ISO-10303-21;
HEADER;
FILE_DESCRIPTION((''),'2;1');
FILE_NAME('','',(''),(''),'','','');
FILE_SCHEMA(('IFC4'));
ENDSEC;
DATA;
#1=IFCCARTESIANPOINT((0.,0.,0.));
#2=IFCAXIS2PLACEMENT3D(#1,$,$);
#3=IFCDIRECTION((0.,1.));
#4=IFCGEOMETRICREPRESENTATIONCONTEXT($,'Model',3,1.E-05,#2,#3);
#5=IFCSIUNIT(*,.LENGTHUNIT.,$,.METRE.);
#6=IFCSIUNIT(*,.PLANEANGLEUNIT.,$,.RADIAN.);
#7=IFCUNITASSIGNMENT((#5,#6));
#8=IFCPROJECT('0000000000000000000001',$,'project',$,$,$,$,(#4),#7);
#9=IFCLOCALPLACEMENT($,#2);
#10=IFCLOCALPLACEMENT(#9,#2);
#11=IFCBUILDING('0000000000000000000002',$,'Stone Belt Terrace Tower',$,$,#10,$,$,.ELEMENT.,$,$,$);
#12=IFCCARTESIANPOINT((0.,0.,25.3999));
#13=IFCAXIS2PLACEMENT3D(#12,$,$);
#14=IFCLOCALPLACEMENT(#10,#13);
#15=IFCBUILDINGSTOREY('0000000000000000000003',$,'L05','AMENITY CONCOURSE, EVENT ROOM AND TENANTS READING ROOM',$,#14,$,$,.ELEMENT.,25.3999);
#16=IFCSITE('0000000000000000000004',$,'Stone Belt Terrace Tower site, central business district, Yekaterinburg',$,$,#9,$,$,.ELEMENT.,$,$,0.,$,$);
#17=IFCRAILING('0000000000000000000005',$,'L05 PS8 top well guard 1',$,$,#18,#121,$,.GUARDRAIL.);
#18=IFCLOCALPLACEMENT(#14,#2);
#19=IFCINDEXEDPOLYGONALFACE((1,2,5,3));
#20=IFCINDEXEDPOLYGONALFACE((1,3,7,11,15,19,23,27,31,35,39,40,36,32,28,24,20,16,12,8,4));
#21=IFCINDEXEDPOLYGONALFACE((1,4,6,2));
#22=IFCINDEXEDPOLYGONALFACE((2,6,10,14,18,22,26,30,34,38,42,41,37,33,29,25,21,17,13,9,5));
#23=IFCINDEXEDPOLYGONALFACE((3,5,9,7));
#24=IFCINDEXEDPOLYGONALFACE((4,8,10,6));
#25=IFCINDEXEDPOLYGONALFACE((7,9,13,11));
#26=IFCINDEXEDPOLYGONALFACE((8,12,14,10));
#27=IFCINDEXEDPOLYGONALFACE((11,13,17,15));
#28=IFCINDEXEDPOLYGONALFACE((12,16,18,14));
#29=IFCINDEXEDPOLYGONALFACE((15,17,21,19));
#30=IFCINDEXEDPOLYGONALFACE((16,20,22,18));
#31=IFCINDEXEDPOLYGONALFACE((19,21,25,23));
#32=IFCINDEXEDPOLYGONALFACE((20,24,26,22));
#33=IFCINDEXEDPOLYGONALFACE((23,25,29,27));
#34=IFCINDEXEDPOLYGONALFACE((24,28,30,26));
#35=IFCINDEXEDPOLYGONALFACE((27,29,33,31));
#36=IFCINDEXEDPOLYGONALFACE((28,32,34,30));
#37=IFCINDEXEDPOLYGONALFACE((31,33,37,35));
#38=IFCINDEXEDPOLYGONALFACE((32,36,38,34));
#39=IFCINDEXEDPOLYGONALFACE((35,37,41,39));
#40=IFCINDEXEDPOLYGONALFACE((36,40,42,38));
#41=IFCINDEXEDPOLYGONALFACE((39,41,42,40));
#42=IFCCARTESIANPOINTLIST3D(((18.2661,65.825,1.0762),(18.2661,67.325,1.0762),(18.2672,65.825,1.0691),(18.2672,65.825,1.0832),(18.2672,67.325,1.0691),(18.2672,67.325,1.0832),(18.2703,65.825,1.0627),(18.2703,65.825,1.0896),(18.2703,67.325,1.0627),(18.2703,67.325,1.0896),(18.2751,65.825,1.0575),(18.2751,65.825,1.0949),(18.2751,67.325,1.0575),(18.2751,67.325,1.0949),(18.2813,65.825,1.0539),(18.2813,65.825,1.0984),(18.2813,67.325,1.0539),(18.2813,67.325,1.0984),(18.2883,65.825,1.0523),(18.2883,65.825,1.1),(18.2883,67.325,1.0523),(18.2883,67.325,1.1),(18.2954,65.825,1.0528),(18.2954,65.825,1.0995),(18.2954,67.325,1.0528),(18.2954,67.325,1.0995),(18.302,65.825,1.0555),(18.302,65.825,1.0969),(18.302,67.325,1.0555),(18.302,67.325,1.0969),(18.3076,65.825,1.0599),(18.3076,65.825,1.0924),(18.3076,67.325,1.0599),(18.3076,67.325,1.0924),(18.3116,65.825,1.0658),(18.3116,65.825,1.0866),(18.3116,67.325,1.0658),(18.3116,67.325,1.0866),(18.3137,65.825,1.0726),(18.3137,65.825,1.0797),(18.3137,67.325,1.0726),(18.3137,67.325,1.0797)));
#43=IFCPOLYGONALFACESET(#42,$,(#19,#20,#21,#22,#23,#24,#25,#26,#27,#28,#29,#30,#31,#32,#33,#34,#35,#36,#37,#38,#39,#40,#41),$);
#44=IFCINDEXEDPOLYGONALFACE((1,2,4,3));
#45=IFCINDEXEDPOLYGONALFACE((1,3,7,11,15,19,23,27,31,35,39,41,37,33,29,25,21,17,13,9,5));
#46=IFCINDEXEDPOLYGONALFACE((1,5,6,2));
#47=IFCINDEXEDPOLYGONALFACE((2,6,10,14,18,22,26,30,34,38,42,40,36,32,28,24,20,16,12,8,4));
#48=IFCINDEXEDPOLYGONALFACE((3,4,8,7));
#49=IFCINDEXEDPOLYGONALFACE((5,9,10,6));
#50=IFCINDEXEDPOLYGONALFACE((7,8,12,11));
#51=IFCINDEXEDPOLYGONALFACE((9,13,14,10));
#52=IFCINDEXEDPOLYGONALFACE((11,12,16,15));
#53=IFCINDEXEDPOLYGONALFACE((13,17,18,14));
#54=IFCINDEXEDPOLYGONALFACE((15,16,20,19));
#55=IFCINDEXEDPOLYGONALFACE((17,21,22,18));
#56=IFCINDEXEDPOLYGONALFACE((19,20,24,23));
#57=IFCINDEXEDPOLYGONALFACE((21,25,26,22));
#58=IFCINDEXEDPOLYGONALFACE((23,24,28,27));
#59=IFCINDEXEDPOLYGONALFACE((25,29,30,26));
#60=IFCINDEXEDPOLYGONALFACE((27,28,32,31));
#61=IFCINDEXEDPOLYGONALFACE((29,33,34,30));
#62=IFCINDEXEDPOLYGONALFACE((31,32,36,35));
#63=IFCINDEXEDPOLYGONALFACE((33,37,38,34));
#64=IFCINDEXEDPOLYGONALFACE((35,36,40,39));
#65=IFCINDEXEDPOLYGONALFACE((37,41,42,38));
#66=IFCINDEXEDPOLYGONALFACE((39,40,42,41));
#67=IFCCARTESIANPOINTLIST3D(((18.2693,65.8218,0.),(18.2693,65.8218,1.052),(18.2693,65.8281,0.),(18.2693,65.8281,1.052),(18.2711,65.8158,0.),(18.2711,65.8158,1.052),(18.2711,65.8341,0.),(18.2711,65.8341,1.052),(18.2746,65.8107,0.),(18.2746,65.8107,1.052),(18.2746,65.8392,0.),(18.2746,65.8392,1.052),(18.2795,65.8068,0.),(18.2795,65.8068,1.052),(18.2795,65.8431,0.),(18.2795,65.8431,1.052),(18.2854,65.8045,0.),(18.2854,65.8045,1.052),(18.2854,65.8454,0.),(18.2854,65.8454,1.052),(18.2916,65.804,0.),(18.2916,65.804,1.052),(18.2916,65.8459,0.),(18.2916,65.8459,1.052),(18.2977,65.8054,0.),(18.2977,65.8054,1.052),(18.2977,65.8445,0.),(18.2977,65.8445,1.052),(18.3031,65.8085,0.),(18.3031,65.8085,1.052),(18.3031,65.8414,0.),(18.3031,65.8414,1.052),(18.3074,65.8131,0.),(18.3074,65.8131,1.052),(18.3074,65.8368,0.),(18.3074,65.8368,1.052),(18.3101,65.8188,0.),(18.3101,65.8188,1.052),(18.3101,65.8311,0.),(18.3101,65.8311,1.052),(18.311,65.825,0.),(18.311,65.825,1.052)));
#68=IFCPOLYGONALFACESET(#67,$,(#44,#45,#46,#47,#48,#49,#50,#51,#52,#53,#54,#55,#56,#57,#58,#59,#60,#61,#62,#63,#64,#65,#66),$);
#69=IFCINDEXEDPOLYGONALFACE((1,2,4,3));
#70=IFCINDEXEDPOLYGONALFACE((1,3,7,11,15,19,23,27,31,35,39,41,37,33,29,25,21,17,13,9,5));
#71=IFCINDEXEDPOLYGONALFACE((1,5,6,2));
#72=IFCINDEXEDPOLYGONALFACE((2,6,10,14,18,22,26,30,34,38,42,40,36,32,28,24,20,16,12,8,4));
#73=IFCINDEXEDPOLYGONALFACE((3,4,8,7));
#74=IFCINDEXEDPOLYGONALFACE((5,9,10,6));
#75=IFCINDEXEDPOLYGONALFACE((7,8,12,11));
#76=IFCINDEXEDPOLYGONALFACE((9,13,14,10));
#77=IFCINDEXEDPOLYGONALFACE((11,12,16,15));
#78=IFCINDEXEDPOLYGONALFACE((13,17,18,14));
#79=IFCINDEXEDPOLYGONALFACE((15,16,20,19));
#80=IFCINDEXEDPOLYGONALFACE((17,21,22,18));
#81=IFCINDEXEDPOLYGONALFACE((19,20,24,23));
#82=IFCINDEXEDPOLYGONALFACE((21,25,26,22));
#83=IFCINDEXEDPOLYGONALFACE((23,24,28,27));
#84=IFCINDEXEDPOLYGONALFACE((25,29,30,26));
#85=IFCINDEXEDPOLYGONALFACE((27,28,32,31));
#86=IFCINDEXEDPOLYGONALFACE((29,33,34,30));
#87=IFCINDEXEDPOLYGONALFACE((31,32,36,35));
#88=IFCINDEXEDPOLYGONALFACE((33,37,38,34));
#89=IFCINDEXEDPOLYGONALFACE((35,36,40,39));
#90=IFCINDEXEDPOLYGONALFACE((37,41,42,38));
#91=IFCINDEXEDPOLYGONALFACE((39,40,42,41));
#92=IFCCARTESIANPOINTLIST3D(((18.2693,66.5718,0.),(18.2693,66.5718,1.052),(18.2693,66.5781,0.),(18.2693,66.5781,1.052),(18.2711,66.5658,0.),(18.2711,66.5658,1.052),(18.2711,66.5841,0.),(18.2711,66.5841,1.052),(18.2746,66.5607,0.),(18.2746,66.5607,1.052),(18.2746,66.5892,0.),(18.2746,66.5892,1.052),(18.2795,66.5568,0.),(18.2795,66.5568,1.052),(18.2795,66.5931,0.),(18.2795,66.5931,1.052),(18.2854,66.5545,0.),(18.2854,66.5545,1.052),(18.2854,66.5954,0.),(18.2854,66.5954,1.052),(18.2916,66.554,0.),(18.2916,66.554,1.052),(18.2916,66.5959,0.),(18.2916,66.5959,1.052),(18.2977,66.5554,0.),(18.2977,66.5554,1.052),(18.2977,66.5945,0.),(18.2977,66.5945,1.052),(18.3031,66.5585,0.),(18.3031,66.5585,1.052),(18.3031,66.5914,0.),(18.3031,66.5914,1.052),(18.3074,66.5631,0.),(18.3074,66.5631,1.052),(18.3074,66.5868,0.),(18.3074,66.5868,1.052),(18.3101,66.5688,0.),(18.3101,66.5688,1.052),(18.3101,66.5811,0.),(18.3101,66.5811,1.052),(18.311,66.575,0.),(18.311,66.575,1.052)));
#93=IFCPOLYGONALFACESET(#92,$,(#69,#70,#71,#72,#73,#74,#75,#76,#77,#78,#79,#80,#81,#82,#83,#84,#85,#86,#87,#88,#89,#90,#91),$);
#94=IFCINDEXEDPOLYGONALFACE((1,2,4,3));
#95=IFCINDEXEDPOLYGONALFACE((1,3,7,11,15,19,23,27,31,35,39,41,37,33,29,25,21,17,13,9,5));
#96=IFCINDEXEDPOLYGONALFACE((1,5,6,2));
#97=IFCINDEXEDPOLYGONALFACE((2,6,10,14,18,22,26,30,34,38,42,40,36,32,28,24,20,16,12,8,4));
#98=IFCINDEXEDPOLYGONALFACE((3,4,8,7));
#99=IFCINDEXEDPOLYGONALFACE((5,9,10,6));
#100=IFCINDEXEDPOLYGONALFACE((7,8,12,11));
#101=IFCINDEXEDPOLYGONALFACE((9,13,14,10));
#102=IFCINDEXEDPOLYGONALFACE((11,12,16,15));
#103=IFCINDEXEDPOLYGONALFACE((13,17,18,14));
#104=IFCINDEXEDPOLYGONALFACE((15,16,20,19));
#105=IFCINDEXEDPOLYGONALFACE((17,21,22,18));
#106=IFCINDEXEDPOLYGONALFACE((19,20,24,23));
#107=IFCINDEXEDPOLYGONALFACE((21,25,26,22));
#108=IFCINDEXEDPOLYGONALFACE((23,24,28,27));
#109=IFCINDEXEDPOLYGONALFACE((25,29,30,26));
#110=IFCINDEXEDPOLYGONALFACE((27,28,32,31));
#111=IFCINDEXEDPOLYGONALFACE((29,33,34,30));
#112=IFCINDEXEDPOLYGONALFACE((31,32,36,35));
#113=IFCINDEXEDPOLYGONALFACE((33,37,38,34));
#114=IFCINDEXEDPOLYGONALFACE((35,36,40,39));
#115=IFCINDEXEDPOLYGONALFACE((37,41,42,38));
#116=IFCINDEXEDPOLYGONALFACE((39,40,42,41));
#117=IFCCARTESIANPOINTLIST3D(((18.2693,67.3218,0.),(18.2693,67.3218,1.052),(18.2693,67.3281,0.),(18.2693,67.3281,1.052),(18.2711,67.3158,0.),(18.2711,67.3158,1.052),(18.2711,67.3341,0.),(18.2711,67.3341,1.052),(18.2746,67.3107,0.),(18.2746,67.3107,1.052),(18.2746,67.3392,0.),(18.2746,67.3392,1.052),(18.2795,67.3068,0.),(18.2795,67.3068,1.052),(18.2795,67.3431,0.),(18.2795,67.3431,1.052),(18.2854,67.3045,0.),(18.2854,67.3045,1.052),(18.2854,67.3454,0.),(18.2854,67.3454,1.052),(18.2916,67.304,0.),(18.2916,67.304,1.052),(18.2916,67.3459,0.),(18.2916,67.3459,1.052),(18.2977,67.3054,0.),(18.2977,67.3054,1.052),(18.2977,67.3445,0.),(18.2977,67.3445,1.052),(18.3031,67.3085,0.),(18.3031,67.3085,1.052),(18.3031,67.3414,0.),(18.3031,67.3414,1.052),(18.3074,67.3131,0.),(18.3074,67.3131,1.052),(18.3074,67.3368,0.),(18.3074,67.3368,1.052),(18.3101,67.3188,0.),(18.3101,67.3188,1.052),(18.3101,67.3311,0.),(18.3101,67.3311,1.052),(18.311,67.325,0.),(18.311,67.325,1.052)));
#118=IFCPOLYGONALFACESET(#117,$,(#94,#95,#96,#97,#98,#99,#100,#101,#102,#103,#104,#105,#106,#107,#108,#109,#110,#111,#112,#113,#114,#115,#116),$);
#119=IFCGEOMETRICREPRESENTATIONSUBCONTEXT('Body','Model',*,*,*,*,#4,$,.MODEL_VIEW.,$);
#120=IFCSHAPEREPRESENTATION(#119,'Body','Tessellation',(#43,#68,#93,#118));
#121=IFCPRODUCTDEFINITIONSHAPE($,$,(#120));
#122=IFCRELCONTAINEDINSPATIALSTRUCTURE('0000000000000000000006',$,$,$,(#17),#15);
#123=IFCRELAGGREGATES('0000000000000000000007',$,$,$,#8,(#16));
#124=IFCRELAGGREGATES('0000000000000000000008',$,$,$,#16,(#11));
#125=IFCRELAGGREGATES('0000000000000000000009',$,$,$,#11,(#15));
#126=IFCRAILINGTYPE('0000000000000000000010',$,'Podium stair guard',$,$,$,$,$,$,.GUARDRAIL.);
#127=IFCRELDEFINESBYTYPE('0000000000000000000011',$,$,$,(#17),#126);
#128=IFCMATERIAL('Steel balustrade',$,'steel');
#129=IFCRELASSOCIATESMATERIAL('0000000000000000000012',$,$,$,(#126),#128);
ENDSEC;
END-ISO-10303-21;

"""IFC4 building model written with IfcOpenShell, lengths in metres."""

from ifc_helpers import new_model, si_unit, direction, frame, origin, origin_2d, place, context, subcontext, project, spatial, circle, extrude, material, type_object, element, save


model = new_model("IFC4")

# Units and contexts
model_context = context("Model", 3, precision=1e-05, world=origin(), true_north=direction((0.0, 1.0)))
body_context = subcontext(model_context, "Body", "Model", "MODEL_VIEW")
ifc_project = project(units=[si_unit("LENGTHUNIT", "METRE"), si_unit("PLANEANGLEUNIT", "RADIAN")], contexts=[model_context])

# Site, building, storey
site_placement = place(None, origin())
site = spatial("IfcSite", under=ifc_project, at=site_placement, Name="Stone Belt Terrace Tower site, central business district, Yekaterinburg", CompositionType="ELEMENT", RefElevation=0.0)
building_placement = place(site_placement, origin())
building = spatial("IfcBuilding", under=site, at=building_placement, Name="Stone Belt Terrace Tower", CompositionType="ELEMENT")
storey_placement = place(building_placement, frame((0.0, 0.0, 25.3999)))
storey = spatial("IfcBuildingStorey", under=building, at=storey_placement, Name="L05", Description="AMENITY CONCOURSE, EVENT ROOM AND TENANTS READING ROOM", CompositionType="ELEMENT", Elevation=25.3999)

# Railing
ifc_material_1 = material(Name="Steel balustrade", Category="steel")
railing_type = type_object("IfcRailingType", Name="Podium stair guard", PredefinedType="GUARDRAIL", material=ifc_material_1)
railing_placement = place(storey_placement, frame((18.29, 65.825, 0.0)))
element("IfcRailing", 1, at=railing_placement, inside=storey, type_object=railing_type, Name="L05 PS8 top well guard 1", PredefinedType="GUARDRAIL", context=body_context, shape_type="SweptSolid", body=[
    extrude(circle(Radius=0.0239, at=origin_2d()), frame((0.0, 0.0, 1.0762), z_axis=(0.0, 1.0, 0.0), x_axis=(-1.0, 0.0, 0.0)), (0.0, 0.0, 1.0), 1.5),
    extrude(circle(Radius=0.021, at=origin_2d()), origin(), (0.0, 0.0, 1.0), 1.052),
    extrude(circle(Radius=0.021, at=origin_2d()), frame((0.0, 0.75, 0.0)), (0.0, 0.0, 1.0), 1.052),
    extrude(circle(Radius=0.021, at=origin_2d()), frame((0.0, 1.5, 0.0)), (0.0, 0.0, 1.0), 1.052),
])

save(model, "model.ifc")
